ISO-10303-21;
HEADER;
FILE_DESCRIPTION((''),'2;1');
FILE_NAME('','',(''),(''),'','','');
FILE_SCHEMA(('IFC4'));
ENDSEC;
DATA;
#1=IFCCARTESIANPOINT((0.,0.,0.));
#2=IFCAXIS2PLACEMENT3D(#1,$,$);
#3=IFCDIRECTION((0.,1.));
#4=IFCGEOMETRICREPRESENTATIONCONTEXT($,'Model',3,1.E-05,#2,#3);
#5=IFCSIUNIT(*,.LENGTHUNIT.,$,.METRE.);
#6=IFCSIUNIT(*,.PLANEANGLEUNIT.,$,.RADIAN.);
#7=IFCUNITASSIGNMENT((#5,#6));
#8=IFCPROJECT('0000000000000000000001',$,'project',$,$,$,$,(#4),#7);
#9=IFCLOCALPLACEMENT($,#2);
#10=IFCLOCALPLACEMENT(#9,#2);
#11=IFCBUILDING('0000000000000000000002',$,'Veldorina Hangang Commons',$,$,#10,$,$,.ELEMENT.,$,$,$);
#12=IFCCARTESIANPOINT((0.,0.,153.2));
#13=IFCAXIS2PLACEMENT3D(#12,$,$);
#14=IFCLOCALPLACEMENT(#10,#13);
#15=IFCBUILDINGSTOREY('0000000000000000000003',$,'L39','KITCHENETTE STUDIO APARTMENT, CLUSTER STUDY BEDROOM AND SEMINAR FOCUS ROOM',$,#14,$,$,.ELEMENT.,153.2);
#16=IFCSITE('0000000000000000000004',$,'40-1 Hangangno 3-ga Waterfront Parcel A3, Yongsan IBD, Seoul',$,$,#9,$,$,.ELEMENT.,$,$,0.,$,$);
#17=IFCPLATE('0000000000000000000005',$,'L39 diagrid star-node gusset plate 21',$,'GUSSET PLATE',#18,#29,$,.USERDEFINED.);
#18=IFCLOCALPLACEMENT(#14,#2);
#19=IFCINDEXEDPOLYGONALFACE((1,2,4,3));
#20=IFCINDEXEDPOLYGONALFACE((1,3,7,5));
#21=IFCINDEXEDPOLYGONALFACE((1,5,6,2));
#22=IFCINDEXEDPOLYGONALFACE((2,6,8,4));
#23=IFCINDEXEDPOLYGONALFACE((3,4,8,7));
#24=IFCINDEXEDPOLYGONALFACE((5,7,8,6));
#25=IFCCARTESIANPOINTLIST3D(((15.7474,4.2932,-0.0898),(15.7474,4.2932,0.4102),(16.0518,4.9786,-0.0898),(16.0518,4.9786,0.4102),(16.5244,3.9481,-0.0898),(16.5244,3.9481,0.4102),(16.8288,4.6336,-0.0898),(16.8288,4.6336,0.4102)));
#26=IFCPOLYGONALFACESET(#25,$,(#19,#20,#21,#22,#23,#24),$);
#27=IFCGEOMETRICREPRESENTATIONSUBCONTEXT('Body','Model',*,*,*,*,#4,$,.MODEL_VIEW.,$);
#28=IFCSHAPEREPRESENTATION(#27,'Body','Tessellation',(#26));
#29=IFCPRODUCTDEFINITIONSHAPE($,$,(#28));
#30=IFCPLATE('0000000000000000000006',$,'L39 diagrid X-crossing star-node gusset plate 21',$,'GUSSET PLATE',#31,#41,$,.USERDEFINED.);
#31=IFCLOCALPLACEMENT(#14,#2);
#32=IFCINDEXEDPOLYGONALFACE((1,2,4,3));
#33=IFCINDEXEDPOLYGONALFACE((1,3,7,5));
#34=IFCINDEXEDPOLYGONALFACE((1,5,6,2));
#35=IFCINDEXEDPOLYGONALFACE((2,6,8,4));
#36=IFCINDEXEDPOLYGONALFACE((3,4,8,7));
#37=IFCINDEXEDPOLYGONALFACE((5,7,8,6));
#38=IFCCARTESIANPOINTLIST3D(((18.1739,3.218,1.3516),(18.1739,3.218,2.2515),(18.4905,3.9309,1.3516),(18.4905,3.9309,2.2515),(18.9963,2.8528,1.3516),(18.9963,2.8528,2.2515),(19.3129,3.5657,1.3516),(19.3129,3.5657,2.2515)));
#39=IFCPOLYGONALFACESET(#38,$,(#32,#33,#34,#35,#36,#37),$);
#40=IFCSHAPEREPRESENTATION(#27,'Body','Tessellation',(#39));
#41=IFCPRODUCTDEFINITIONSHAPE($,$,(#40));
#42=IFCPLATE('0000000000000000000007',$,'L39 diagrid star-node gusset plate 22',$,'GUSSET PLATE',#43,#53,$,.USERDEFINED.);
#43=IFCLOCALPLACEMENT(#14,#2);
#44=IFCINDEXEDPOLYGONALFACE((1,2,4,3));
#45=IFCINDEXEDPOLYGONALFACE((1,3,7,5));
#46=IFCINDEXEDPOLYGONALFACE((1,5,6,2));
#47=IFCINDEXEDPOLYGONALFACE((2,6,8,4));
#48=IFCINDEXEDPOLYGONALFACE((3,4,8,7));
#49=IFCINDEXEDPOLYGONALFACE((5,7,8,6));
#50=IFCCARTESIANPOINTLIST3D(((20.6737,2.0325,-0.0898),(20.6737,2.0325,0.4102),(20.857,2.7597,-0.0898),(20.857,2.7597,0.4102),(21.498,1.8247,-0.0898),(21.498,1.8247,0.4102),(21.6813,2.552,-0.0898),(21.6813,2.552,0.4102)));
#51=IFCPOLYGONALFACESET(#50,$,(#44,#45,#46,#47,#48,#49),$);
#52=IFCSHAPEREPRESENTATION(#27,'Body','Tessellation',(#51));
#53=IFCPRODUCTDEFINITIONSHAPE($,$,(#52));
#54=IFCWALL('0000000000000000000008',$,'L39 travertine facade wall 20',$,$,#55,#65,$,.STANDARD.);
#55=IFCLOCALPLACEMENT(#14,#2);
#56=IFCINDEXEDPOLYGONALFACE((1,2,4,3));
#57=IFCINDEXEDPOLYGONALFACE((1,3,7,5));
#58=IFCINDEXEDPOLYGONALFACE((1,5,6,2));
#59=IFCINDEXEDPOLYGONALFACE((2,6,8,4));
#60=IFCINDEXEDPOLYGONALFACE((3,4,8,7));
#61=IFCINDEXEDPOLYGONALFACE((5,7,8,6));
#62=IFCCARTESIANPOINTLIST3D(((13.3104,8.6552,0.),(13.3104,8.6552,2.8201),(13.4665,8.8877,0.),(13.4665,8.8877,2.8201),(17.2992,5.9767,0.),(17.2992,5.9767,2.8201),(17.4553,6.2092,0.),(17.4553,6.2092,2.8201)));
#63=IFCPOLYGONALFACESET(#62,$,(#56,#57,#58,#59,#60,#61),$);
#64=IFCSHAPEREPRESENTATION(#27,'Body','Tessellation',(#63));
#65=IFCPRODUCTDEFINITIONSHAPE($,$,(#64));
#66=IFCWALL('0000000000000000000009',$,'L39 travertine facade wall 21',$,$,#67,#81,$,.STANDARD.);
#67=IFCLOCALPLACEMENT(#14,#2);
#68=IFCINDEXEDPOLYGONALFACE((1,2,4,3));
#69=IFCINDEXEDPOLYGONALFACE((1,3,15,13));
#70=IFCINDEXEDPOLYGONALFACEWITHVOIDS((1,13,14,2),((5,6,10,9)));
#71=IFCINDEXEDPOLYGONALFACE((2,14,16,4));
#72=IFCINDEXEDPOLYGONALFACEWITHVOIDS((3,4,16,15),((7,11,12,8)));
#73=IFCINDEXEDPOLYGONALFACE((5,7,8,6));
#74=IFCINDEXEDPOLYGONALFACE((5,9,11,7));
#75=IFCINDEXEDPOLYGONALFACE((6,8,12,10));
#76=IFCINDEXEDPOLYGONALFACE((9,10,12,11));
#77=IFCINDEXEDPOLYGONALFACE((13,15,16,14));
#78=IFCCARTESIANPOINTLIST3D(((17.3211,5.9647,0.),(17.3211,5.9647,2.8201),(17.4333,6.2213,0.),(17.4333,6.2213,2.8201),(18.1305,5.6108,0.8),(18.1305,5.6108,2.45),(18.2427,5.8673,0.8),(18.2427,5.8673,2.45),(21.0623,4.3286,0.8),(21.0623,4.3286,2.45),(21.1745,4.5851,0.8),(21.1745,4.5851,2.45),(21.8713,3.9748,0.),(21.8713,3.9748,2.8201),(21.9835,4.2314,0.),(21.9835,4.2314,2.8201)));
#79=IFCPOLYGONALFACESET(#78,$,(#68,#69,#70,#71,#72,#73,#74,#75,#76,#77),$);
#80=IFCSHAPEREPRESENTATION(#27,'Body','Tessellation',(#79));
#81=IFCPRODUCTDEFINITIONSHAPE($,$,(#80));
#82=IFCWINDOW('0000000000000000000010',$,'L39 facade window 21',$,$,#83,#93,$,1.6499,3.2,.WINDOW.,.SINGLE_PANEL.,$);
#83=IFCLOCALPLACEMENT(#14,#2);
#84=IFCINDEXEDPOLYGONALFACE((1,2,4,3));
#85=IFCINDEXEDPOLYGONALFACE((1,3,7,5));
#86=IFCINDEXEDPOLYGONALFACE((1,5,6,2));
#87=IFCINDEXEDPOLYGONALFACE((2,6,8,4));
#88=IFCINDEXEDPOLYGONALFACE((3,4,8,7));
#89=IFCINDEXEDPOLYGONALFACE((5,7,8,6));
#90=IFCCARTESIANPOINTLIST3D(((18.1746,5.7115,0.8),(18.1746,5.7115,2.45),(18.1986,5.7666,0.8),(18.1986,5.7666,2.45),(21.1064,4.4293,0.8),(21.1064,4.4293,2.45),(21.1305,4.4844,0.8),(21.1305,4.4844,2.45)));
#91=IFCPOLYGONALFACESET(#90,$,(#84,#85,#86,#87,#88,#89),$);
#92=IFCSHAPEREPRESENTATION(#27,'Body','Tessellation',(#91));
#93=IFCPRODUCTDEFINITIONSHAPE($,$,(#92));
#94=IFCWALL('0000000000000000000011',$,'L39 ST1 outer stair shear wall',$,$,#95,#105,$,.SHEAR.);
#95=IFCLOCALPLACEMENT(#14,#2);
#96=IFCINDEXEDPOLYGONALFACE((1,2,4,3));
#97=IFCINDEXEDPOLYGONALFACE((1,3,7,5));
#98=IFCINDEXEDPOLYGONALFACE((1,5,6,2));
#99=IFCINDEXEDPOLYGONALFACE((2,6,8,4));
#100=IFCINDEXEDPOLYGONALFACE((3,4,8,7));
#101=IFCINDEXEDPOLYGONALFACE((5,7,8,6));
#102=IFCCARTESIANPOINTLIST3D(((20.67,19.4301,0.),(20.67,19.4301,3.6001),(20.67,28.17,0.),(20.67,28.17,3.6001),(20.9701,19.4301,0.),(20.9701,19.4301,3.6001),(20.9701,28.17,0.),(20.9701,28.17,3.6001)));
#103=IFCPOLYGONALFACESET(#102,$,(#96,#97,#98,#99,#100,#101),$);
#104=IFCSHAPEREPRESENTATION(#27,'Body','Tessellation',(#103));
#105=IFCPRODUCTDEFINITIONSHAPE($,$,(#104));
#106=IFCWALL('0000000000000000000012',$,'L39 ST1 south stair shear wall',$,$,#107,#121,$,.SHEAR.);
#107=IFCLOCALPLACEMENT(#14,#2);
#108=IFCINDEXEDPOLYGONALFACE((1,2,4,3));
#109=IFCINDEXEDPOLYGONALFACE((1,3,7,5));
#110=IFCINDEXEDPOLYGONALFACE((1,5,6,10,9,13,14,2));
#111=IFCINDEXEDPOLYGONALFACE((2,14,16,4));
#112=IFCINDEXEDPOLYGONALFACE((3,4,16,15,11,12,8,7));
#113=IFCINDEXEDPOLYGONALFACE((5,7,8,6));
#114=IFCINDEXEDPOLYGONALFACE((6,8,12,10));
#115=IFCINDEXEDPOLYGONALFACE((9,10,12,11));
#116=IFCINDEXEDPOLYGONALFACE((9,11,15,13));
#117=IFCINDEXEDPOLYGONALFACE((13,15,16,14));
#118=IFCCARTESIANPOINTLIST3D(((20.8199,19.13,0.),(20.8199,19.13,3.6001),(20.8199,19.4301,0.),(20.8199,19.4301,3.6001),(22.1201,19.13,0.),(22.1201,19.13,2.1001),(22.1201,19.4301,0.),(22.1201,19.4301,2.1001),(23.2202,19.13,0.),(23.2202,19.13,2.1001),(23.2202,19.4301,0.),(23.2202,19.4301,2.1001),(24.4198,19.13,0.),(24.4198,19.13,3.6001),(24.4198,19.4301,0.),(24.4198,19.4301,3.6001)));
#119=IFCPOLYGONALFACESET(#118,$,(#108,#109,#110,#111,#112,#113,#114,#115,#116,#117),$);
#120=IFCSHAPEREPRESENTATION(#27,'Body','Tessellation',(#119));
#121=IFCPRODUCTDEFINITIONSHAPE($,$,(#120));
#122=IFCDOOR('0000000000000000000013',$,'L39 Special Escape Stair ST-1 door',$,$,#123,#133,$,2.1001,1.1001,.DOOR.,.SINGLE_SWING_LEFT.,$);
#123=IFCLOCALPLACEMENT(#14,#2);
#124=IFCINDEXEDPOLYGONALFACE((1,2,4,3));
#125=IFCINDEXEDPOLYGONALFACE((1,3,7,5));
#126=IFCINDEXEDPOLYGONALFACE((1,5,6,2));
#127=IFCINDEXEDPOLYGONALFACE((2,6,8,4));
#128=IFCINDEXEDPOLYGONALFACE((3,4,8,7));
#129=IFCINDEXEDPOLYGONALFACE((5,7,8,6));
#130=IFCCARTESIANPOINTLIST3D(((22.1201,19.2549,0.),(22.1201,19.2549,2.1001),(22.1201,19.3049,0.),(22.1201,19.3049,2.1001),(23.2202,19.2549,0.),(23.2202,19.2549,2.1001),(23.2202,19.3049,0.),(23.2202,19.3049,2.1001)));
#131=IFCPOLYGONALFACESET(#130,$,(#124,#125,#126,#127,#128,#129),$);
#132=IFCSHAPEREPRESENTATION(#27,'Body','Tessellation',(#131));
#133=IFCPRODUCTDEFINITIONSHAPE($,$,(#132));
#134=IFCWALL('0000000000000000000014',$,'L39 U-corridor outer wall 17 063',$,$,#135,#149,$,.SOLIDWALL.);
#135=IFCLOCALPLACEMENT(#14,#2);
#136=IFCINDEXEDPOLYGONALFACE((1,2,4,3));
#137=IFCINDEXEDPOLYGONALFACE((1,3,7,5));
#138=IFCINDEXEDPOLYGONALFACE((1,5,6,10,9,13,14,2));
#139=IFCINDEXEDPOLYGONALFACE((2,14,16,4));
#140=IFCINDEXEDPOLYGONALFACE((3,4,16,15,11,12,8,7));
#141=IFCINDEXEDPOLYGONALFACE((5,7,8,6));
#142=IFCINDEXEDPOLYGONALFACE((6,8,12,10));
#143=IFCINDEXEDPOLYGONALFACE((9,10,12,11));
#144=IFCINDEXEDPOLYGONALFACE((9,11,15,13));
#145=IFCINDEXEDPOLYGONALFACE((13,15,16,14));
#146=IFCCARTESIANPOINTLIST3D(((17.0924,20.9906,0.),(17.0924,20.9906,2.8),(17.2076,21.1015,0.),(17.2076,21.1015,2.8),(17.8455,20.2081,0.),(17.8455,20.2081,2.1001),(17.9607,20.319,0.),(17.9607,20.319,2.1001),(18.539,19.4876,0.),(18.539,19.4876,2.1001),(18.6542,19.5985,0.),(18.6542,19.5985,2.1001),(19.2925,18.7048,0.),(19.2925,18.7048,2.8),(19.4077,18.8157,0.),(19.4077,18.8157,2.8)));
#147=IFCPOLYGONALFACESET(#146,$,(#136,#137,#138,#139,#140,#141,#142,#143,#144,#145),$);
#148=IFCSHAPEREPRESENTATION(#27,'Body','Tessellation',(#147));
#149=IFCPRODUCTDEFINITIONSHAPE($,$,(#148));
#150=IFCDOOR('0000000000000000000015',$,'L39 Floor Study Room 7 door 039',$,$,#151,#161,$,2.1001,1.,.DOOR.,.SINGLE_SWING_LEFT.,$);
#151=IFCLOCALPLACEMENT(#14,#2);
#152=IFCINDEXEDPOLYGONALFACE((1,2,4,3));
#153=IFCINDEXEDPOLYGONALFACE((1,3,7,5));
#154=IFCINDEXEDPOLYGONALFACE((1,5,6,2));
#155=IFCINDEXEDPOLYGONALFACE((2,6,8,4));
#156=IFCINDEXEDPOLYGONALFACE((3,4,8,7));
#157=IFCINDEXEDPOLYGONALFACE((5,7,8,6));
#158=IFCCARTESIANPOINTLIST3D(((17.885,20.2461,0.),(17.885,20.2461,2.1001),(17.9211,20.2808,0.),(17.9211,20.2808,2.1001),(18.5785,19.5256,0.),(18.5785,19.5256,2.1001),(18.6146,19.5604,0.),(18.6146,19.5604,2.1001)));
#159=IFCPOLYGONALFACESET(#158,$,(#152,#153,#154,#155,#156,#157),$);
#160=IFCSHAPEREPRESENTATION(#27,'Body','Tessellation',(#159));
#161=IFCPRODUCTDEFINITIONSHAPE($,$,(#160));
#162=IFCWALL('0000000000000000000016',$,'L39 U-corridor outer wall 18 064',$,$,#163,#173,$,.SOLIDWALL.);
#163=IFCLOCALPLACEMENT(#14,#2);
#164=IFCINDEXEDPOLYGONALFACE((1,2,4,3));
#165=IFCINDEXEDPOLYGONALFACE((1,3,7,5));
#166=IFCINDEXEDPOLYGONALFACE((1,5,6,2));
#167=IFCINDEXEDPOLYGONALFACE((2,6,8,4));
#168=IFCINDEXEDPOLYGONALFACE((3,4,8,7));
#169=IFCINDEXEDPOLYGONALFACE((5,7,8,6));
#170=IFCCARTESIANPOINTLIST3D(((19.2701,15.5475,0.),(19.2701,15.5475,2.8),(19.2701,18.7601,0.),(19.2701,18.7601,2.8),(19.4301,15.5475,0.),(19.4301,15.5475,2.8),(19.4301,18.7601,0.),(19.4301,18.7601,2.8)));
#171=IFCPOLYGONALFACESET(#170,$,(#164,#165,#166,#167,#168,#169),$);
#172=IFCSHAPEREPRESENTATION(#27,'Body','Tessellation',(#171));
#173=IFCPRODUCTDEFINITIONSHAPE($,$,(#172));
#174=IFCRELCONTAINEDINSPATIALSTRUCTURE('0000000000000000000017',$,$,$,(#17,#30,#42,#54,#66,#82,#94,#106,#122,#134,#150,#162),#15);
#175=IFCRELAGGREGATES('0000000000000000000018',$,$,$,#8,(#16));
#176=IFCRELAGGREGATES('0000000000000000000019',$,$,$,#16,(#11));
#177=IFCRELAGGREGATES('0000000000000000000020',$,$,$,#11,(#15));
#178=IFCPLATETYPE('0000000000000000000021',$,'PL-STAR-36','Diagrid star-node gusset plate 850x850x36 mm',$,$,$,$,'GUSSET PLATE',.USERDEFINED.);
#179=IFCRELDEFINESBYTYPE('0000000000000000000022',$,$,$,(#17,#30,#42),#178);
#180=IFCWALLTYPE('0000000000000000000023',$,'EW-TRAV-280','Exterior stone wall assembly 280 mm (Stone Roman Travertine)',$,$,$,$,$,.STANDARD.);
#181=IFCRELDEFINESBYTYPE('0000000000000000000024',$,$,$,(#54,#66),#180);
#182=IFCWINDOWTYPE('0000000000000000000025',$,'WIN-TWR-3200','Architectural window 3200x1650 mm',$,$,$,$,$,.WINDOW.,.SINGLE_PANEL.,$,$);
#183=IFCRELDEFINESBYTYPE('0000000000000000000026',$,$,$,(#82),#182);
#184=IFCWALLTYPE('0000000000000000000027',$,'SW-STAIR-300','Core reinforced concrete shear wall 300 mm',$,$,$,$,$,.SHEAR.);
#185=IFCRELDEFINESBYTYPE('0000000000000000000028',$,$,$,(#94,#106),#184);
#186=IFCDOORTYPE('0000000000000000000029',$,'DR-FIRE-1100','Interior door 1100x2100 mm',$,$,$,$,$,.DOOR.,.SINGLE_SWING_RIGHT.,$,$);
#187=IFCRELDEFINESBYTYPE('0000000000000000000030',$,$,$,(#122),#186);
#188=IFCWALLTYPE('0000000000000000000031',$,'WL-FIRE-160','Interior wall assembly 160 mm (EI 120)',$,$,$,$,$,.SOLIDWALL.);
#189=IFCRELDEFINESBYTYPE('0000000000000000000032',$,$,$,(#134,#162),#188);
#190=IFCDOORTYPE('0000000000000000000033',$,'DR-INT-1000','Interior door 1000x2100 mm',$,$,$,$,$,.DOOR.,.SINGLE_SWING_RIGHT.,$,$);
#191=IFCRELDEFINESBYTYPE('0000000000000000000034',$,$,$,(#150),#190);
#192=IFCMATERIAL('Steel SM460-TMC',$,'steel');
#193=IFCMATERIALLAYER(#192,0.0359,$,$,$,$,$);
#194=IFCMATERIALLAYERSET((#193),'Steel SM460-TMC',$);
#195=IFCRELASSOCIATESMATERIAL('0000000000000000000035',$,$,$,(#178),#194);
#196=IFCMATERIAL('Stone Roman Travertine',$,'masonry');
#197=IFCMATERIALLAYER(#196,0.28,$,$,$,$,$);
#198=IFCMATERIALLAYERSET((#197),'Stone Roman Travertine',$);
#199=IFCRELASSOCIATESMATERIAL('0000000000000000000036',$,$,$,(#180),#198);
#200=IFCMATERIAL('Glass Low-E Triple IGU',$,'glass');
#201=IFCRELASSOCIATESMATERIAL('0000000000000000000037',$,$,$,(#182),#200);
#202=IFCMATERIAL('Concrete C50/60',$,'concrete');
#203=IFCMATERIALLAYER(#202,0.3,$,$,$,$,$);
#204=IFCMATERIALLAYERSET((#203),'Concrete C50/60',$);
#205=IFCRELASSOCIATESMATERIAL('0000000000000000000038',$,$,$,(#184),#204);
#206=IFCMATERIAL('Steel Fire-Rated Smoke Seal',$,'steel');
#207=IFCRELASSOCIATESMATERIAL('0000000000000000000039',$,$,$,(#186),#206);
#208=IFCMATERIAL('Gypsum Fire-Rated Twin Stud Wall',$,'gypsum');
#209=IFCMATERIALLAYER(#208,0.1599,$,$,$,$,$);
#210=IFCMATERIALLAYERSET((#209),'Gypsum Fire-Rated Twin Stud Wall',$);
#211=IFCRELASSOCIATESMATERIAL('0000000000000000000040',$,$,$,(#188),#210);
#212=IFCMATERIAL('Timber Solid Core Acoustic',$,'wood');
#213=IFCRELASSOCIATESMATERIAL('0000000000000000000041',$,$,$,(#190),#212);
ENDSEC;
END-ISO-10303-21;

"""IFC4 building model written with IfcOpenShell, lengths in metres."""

from ifc_helpers import new_model, si_unit, direction, frame, frame_2d, origin, origin_2d, place, context, subcontext, project, spatial, rectangle, extrude, material, layer, layer_set, type_object, element, fill, save


model = new_model("IFC4")

# Units and contexts
model_context = context("Model", 3, precision=1e-05, world=origin(), true_north=direction((0.0, 1.0)))
body_context = subcontext(model_context, "Body", "Model", "MODEL_VIEW")
ifc_project = project(units=[si_unit("LENGTHUNIT", "METRE"), si_unit("PLANEANGLEUNIT", "RADIAN")], contexts=[model_context])

# Site, building, storey
site_placement = place(None, origin())
site = spatial("IfcSite", under=ifc_project, at=site_placement, Name="40-1 Hangangno 3-ga Waterfront Parcel A3, Yongsan IBD, Seoul", CompositionType="ELEMENT", RefElevation=0.0)
building_placement = place(site_placement, origin())
building = spatial("IfcBuilding", under=site, at=building_placement, Name="Veldorina Hangang Commons", CompositionType="ELEMENT")
storey_placement = place(building_placement, frame((0.0, 0.0, 153.2)))
storey = spatial("IfcBuildingStorey", under=building, at=storey_placement, Name="L39", Description="KITCHENETTE STUDIO APARTMENT, CLUSTER STUDY BEDROOM AND SEMINAR FOCUS ROOM", CompositionType="ELEMENT", Elevation=153.2)

# Plates
ifc_material_1 = material(Name="Steel SM460-TMC", Category="steel")
ifc_layer_1 = layer(ifc_material_1, 0.0359)
ifc_layer_set_1 = layer_set([ifc_layer_1], Name="Steel SM460-TMC")
plate_type = type_object("IfcPlateType", Name="PL-STAR-36", Description="Diagrid star-node gusset plate 850x850x36 mm", ElementType="GUSSET PLATE", PredefinedType="USERDEFINED", material=ifc_layer_set_1)
plate_1_placement = place(storey_placement, frame((16.2881, 4.4634, -0.0898), z_axis=(0.0, 0.0, 1.0), x_axis=(0.913935, -0.40586, 0.0)))
element("IfcPlate", 1, at=plate_1_placement, inside=storey, type_object=plate_type, Name="L39 diagrid star-node gusset plate 21", ObjectType="GUSSET PLATE", PredefinedType="USERDEFINED", context=body_context, shape_type="SweptSolid", body=[
    extrude(rectangle(XDim=0.8501, YDim=0.75, at=origin_2d()), origin(), (0.0, 0.0, 1.0), 0.5),
])
plate_2_placement = place(storey_placement, frame((18.7434, 3.3918, 1.3516), z_axis=(0.0, 0.0, 1.0), x_axis=(0.913935, -0.40586, 0.0)))
element("IfcPlate", 2, at=plate_2_placement, inside=storey, type_object=plate_type, Name="L39 diagrid X-crossing star-node gusset plate 21", ObjectType="GUSSET PLATE", PredefinedType="USERDEFINED", context=body_context, shape_type="SweptSolid", body=[
    extrude(rectangle(XDim=0.8999, YDim=0.78, at=origin_2d()), origin(), (0.0, 0.0, 1.0), 0.8999),
])
plate_3_placement = place(storey_placement, frame((21.1775, 2.2922, -0.0898), z_axis=(0.0, 0.0, 1.0), x_axis=(0.969676, -0.244394, 0.0)))
element("IfcPlate", 3, at=plate_3_placement, inside=storey, type_object=plate_type, Name="L39 diagrid star-node gusset plate 22", ObjectType="GUSSET PLATE", PredefinedType="USERDEFINED", context=body_context, shape_type="SweptSolid", body=[
    extrude(rectangle(XDim=0.8501, YDim=0.75, at=origin_2d()), origin(), (0.0, 0.0, 1.0), 0.5),
])

# Wall
ifc_material_2 = material(Name="Stone Roman Travertine", Category="masonry")
ifc_layer_2 = layer(ifc_material_2, 0.28)
ifc_layer_set_2 = layer_set([ifc_layer_2], Name="Stone Roman Travertine")
wall_type_1 = type_object("IfcWallType", Name="EW-TRAV-280", Description="Exterior stone wall assembly 280 mm (Stone Roman Travertine)", PredefinedType="STANDARD", material=ifc_layer_set_2)
wall_1_placement = place(storey_placement, frame((13.3884, 8.7715, 0.0), z_axis=(0.0, 0.0, 1.0), x_axis=(0.830193, -0.557476, 0.0)))
element("IfcWall", 4, at=wall_1_placement, inside=storey, type_object=wall_type_1, Name="L39 travertine facade wall 20", PredefinedType="STANDARD", context=body_context, shape_type="SweptSolid", body=[
    extrude(rectangle(XDim=4.8047, YDim=0.28, at=frame_2d((2.4023, 0.0))), origin(), (0.0, 0.0, 1.0), 2.8201),
])

# Wall, opening, window
wall_2_placement = place(storey_placement, frame((17.3772, 6.093, 0.0), z_axis=(0.0, 0.0, 1.0), x_axis=(0.916214, -0.40069, 0.0)))
wall_2 = element("IfcWall", 5, at=wall_2_placement, inside=storey, type_object=wall_type_1, Name="L39 travertine facade wall 21", PredefinedType="STANDARD", context=body_context, shape_type="SweptSolid", body=[
    extrude(rectangle(XDim=4.9663, YDim=0.28, at=frame_2d((2.4832, 0.0))), origin(), (0.0, 0.0, 1.0), 2.8201),
])
opening_1_placement = place(wall_2_placement, frame((0.8833, 0.0, 0.8)))
opening_1 = element("IfcOpeningElement", 6, at=opening_1_placement, cuts=wall_2, PredefinedType="OPENING", context=body_context, shape_type="SweptSolid", body=[
    extrude(rectangle(XDim=3.2, YDim=1.6499, at=frame_2d((1.6001, 0.825))), frame((0.0, 0.1499, 0.0), z_axis=(0.0, -1.0, 0.0), x_axis=(1.0, 0.0, 0.0)), (0.0, 0.0, 1.0), 0.3),
])
ifc_material_3 = material(Name="Glass Low-E Triple IGU", Category="glass")
window_type = type_object("IfcWindowType", Name="WIN-TWR-3200", Description="Architectural window 3200x1650 mm", PartitioningType="SINGLE_PANEL", PredefinedType="WINDOW", material=ifc_material_3)
window_placement = place(opening_1_placement, origin())
window = element("IfcWindow", 7, at=window_placement, inside=storey, type_object=window_type, Name="L39 facade window 21", OverallHeight=1.6499, OverallWidth=3.2, PartitioningType="SINGLE_PANEL", PredefinedType="WINDOW", context=body_context, shape_type="SweptSolid", body=[
    extrude(rectangle(XDim=3.2, YDim=1.6499, at=frame_2d((1.6001, 0.825))), frame((0.0, 0.03, 0.0), z_axis=(0.0, -1.0, 0.0), x_axis=(1.0, 0.0, 0.0)), (0.0, 0.0, 1.0), 0.0601),
])
fill(opening_1, window)

# Wall
ifc_material_4 = material(Name="Concrete C50/60", Category="concrete")
ifc_layer_3 = layer(ifc_material_4, 0.3)
ifc_layer_set_3 = layer_set([ifc_layer_3], Name="Concrete C50/60")
wall_type_2 = type_object("IfcWallType", Name="SW-STAIR-300", Description="Core reinforced concrete shear wall 300 mm", PredefinedType="SHEAR", material=ifc_layer_set_3)
wall_3_placement = place(storey_placement, frame((20.8201, 19.4299, 0.0), z_axis=(0.0, 0.0, 1.0), x_axis=(0.0, 1.0, 0.0)))
element("IfcWall", 8, at=wall_3_placement, inside=storey, type_object=wall_type_2, Name="L39 ST1 outer stair shear wall", PredefinedType="SHEAR", context=body_context, shape_type="SweptSolid", body=[
    extrude(rectangle(XDim=8.74, YDim=0.3, at=frame_2d((4.3701, 0.0))), origin(), (0.0, 0.0, 1.0), 3.6001),
])

# Walls, openings, doors
wall_4_placement = place(storey_placement, frame((20.8201, 19.28, 0.0), z_axis=(0.0, 0.0, 1.0), x_axis=(1.0, 0.0, 0.0)))
wall_4 = element("IfcWall", 9, at=wall_4_placement, inside=storey, type_object=wall_type_2, Name="L39 ST1 south stair shear wall", PredefinedType="SHEAR", context=body_context, shape_type="SweptSolid", body=[
    extrude(rectangle(XDim=3.5999, YDim=0.3, at=frame_2d((1.7998, 0.0))), origin(), (0.0, 0.0, 1.0), 3.6001),
])
opening_2_placement = place(wall_4_placement, frame((1.3, 0.0, 0.0)))
opening_2 = element("IfcOpeningElement", 10, at=opening_2_placement, cuts=wall_4, PredefinedType="OPENING", context=body_context, shape_type="SweptSolid", body=[
    extrude(rectangle(XDim=1.1001, YDim=2.1001, at=frame_2d((0.55, 1.05))), frame((0.0, 0.1602, 0.0), z_axis=(0.0, -1.0, 0.0), x_axis=(1.0, 0.0, 0.0)), (0.0, 0.0, 1.0), 0.3201),
])
ifc_material_5 = material(Name="Steel Fire-Rated Smoke Seal", Category="steel")
door_type_1 = type_object("IfcDoorType", Name="DR-FIRE-1100", Description="Interior door 1100x2100 mm", OperationType="SINGLE_SWING_RIGHT", PredefinedType="DOOR", material=ifc_material_5)
door_1_placement = place(opening_2_placement, origin())
door_1 = element("IfcDoor", 11, at=door_1_placement, inside=storey, type_object=door_type_1, Name="L39 Special Escape Stair ST-1 door", OperationType="SINGLE_SWING_LEFT", OverallHeight=2.1001, OverallWidth=1.1001, PredefinedType="DOOR", context=body_context, shape_type="SweptSolid", body=[
    extrude(rectangle(XDim=1.1001, YDim=2.1001, at=frame_2d((0.55, 1.05))), frame((0.0, 0.0249, 0.0), z_axis=(0.0, -1.0, 0.0), x_axis=(1.0, 0.0, 0.0)), (0.0, 0.0, 1.0), 0.05),
])
fill(opening_2, door_1)
ifc_material_6 = material(Name="Gypsum Fire-Rated Twin Stud Wall", Category="gypsum")
ifc_layer_4 = layer(ifc_material_6, 0.1599)
ifc_layer_set_4 = layer_set([ifc_layer_4], Name="Gypsum Fire-Rated Twin Stud Wall")
wall_type_3 = type_object("IfcWallType", Name="WL-FIRE-160", Description="Interior wall assembly 160 mm (EI 120)", PredefinedType="SOLIDWALL", material=ifc_layer_set_4)
wall_5_placement = place(storey_placement, frame((17.1499, 21.0461, 0.0), z_axis=(0.0, 0.0, 1.0), x_axis=(0.693473, -0.720483, 0.0)))
wall_5 = element("IfcWall", 12, at=wall_5_placement, inside=storey, type_object=wall_type_3, Name="L39 U-corridor outer wall 17 063", PredefinedType="SOLIDWALL", context=body_context, shape_type="SweptSolid", body=[
    extrude(rectangle(XDim=3.1726, YDim=0.1599, at=frame_2d((1.5864, 0.0))), origin(), (0.0, 0.0, 1.0), 2.8),
])
opening_3_placement = place(wall_5_placement, frame((1.0862, 0.0, 0.0)))
opening_3 = element("IfcOpeningElement", 13, at=opening_3_placement, cuts=wall_5, PredefinedType="OPENING", context=body_context, shape_type="SweptSolid", body=[
    extrude(rectangle(XDim=1.0, YDim=2.1001, at=frame_2d((0.5, 1.05))), frame((0.0, 0.0898, 0.0), z_axis=(0.0, -1.0, 0.0), x_axis=(1.0, 0.0, 0.0)), (0.0, 0.0, 1.0), 0.1799),
])
ifc_material_7 = material(Name="Timber Solid Core Acoustic", Category="wood")
door_type_2 = type_object("IfcDoorType", Name="DR-INT-1000", Description="Interior door 1000x2100 mm", OperationType="SINGLE_SWING_RIGHT", PredefinedType="DOOR", material=ifc_material_7)
door_2_placement = place(opening_3_placement, origin())
door_2 = element("IfcDoor", 14, at=door_2_placement, inside=storey, type_object=door_type_2, Name="L39 Floor Study Room 7 door 039", OperationType="SINGLE_SWING_LEFT", OverallHeight=2.1001, OverallWidth=1.0, PredefinedType="DOOR", context=body_context, shape_type="SweptSolid", body=[
    extrude(rectangle(XDim=1.0, YDim=2.1001, at=frame_2d((0.5, 1.05))), frame((0.0, 0.0249, 0.0), z_axis=(0.0, -1.0, 0.0), x_axis=(1.0, 0.0, 0.0)), (0.0, 0.0, 1.0), 0.05),
])
fill(opening_3, door_2)

# Wall
wall_6_placement = place(storey_placement, frame((19.3501, 18.7603, 0.0), z_axis=(0.0, 0.0, 1.0), x_axis=(0.0, -1.0, 0.0)))
element("IfcWall", 15, at=wall_6_placement, inside=storey, type_object=wall_type_3, Name="L39 U-corridor outer wall 18 064", PredefinedType="SOLIDWALL", context=body_context, shape_type="SweptSolid", body=[
    extrude(rectangle(XDim=3.2126, YDim=0.1599, at=frame_2d((1.6064, 0.0))), origin(), (0.0, 0.0, 1.0), 2.8),
])

save(model, "model.ifc")
